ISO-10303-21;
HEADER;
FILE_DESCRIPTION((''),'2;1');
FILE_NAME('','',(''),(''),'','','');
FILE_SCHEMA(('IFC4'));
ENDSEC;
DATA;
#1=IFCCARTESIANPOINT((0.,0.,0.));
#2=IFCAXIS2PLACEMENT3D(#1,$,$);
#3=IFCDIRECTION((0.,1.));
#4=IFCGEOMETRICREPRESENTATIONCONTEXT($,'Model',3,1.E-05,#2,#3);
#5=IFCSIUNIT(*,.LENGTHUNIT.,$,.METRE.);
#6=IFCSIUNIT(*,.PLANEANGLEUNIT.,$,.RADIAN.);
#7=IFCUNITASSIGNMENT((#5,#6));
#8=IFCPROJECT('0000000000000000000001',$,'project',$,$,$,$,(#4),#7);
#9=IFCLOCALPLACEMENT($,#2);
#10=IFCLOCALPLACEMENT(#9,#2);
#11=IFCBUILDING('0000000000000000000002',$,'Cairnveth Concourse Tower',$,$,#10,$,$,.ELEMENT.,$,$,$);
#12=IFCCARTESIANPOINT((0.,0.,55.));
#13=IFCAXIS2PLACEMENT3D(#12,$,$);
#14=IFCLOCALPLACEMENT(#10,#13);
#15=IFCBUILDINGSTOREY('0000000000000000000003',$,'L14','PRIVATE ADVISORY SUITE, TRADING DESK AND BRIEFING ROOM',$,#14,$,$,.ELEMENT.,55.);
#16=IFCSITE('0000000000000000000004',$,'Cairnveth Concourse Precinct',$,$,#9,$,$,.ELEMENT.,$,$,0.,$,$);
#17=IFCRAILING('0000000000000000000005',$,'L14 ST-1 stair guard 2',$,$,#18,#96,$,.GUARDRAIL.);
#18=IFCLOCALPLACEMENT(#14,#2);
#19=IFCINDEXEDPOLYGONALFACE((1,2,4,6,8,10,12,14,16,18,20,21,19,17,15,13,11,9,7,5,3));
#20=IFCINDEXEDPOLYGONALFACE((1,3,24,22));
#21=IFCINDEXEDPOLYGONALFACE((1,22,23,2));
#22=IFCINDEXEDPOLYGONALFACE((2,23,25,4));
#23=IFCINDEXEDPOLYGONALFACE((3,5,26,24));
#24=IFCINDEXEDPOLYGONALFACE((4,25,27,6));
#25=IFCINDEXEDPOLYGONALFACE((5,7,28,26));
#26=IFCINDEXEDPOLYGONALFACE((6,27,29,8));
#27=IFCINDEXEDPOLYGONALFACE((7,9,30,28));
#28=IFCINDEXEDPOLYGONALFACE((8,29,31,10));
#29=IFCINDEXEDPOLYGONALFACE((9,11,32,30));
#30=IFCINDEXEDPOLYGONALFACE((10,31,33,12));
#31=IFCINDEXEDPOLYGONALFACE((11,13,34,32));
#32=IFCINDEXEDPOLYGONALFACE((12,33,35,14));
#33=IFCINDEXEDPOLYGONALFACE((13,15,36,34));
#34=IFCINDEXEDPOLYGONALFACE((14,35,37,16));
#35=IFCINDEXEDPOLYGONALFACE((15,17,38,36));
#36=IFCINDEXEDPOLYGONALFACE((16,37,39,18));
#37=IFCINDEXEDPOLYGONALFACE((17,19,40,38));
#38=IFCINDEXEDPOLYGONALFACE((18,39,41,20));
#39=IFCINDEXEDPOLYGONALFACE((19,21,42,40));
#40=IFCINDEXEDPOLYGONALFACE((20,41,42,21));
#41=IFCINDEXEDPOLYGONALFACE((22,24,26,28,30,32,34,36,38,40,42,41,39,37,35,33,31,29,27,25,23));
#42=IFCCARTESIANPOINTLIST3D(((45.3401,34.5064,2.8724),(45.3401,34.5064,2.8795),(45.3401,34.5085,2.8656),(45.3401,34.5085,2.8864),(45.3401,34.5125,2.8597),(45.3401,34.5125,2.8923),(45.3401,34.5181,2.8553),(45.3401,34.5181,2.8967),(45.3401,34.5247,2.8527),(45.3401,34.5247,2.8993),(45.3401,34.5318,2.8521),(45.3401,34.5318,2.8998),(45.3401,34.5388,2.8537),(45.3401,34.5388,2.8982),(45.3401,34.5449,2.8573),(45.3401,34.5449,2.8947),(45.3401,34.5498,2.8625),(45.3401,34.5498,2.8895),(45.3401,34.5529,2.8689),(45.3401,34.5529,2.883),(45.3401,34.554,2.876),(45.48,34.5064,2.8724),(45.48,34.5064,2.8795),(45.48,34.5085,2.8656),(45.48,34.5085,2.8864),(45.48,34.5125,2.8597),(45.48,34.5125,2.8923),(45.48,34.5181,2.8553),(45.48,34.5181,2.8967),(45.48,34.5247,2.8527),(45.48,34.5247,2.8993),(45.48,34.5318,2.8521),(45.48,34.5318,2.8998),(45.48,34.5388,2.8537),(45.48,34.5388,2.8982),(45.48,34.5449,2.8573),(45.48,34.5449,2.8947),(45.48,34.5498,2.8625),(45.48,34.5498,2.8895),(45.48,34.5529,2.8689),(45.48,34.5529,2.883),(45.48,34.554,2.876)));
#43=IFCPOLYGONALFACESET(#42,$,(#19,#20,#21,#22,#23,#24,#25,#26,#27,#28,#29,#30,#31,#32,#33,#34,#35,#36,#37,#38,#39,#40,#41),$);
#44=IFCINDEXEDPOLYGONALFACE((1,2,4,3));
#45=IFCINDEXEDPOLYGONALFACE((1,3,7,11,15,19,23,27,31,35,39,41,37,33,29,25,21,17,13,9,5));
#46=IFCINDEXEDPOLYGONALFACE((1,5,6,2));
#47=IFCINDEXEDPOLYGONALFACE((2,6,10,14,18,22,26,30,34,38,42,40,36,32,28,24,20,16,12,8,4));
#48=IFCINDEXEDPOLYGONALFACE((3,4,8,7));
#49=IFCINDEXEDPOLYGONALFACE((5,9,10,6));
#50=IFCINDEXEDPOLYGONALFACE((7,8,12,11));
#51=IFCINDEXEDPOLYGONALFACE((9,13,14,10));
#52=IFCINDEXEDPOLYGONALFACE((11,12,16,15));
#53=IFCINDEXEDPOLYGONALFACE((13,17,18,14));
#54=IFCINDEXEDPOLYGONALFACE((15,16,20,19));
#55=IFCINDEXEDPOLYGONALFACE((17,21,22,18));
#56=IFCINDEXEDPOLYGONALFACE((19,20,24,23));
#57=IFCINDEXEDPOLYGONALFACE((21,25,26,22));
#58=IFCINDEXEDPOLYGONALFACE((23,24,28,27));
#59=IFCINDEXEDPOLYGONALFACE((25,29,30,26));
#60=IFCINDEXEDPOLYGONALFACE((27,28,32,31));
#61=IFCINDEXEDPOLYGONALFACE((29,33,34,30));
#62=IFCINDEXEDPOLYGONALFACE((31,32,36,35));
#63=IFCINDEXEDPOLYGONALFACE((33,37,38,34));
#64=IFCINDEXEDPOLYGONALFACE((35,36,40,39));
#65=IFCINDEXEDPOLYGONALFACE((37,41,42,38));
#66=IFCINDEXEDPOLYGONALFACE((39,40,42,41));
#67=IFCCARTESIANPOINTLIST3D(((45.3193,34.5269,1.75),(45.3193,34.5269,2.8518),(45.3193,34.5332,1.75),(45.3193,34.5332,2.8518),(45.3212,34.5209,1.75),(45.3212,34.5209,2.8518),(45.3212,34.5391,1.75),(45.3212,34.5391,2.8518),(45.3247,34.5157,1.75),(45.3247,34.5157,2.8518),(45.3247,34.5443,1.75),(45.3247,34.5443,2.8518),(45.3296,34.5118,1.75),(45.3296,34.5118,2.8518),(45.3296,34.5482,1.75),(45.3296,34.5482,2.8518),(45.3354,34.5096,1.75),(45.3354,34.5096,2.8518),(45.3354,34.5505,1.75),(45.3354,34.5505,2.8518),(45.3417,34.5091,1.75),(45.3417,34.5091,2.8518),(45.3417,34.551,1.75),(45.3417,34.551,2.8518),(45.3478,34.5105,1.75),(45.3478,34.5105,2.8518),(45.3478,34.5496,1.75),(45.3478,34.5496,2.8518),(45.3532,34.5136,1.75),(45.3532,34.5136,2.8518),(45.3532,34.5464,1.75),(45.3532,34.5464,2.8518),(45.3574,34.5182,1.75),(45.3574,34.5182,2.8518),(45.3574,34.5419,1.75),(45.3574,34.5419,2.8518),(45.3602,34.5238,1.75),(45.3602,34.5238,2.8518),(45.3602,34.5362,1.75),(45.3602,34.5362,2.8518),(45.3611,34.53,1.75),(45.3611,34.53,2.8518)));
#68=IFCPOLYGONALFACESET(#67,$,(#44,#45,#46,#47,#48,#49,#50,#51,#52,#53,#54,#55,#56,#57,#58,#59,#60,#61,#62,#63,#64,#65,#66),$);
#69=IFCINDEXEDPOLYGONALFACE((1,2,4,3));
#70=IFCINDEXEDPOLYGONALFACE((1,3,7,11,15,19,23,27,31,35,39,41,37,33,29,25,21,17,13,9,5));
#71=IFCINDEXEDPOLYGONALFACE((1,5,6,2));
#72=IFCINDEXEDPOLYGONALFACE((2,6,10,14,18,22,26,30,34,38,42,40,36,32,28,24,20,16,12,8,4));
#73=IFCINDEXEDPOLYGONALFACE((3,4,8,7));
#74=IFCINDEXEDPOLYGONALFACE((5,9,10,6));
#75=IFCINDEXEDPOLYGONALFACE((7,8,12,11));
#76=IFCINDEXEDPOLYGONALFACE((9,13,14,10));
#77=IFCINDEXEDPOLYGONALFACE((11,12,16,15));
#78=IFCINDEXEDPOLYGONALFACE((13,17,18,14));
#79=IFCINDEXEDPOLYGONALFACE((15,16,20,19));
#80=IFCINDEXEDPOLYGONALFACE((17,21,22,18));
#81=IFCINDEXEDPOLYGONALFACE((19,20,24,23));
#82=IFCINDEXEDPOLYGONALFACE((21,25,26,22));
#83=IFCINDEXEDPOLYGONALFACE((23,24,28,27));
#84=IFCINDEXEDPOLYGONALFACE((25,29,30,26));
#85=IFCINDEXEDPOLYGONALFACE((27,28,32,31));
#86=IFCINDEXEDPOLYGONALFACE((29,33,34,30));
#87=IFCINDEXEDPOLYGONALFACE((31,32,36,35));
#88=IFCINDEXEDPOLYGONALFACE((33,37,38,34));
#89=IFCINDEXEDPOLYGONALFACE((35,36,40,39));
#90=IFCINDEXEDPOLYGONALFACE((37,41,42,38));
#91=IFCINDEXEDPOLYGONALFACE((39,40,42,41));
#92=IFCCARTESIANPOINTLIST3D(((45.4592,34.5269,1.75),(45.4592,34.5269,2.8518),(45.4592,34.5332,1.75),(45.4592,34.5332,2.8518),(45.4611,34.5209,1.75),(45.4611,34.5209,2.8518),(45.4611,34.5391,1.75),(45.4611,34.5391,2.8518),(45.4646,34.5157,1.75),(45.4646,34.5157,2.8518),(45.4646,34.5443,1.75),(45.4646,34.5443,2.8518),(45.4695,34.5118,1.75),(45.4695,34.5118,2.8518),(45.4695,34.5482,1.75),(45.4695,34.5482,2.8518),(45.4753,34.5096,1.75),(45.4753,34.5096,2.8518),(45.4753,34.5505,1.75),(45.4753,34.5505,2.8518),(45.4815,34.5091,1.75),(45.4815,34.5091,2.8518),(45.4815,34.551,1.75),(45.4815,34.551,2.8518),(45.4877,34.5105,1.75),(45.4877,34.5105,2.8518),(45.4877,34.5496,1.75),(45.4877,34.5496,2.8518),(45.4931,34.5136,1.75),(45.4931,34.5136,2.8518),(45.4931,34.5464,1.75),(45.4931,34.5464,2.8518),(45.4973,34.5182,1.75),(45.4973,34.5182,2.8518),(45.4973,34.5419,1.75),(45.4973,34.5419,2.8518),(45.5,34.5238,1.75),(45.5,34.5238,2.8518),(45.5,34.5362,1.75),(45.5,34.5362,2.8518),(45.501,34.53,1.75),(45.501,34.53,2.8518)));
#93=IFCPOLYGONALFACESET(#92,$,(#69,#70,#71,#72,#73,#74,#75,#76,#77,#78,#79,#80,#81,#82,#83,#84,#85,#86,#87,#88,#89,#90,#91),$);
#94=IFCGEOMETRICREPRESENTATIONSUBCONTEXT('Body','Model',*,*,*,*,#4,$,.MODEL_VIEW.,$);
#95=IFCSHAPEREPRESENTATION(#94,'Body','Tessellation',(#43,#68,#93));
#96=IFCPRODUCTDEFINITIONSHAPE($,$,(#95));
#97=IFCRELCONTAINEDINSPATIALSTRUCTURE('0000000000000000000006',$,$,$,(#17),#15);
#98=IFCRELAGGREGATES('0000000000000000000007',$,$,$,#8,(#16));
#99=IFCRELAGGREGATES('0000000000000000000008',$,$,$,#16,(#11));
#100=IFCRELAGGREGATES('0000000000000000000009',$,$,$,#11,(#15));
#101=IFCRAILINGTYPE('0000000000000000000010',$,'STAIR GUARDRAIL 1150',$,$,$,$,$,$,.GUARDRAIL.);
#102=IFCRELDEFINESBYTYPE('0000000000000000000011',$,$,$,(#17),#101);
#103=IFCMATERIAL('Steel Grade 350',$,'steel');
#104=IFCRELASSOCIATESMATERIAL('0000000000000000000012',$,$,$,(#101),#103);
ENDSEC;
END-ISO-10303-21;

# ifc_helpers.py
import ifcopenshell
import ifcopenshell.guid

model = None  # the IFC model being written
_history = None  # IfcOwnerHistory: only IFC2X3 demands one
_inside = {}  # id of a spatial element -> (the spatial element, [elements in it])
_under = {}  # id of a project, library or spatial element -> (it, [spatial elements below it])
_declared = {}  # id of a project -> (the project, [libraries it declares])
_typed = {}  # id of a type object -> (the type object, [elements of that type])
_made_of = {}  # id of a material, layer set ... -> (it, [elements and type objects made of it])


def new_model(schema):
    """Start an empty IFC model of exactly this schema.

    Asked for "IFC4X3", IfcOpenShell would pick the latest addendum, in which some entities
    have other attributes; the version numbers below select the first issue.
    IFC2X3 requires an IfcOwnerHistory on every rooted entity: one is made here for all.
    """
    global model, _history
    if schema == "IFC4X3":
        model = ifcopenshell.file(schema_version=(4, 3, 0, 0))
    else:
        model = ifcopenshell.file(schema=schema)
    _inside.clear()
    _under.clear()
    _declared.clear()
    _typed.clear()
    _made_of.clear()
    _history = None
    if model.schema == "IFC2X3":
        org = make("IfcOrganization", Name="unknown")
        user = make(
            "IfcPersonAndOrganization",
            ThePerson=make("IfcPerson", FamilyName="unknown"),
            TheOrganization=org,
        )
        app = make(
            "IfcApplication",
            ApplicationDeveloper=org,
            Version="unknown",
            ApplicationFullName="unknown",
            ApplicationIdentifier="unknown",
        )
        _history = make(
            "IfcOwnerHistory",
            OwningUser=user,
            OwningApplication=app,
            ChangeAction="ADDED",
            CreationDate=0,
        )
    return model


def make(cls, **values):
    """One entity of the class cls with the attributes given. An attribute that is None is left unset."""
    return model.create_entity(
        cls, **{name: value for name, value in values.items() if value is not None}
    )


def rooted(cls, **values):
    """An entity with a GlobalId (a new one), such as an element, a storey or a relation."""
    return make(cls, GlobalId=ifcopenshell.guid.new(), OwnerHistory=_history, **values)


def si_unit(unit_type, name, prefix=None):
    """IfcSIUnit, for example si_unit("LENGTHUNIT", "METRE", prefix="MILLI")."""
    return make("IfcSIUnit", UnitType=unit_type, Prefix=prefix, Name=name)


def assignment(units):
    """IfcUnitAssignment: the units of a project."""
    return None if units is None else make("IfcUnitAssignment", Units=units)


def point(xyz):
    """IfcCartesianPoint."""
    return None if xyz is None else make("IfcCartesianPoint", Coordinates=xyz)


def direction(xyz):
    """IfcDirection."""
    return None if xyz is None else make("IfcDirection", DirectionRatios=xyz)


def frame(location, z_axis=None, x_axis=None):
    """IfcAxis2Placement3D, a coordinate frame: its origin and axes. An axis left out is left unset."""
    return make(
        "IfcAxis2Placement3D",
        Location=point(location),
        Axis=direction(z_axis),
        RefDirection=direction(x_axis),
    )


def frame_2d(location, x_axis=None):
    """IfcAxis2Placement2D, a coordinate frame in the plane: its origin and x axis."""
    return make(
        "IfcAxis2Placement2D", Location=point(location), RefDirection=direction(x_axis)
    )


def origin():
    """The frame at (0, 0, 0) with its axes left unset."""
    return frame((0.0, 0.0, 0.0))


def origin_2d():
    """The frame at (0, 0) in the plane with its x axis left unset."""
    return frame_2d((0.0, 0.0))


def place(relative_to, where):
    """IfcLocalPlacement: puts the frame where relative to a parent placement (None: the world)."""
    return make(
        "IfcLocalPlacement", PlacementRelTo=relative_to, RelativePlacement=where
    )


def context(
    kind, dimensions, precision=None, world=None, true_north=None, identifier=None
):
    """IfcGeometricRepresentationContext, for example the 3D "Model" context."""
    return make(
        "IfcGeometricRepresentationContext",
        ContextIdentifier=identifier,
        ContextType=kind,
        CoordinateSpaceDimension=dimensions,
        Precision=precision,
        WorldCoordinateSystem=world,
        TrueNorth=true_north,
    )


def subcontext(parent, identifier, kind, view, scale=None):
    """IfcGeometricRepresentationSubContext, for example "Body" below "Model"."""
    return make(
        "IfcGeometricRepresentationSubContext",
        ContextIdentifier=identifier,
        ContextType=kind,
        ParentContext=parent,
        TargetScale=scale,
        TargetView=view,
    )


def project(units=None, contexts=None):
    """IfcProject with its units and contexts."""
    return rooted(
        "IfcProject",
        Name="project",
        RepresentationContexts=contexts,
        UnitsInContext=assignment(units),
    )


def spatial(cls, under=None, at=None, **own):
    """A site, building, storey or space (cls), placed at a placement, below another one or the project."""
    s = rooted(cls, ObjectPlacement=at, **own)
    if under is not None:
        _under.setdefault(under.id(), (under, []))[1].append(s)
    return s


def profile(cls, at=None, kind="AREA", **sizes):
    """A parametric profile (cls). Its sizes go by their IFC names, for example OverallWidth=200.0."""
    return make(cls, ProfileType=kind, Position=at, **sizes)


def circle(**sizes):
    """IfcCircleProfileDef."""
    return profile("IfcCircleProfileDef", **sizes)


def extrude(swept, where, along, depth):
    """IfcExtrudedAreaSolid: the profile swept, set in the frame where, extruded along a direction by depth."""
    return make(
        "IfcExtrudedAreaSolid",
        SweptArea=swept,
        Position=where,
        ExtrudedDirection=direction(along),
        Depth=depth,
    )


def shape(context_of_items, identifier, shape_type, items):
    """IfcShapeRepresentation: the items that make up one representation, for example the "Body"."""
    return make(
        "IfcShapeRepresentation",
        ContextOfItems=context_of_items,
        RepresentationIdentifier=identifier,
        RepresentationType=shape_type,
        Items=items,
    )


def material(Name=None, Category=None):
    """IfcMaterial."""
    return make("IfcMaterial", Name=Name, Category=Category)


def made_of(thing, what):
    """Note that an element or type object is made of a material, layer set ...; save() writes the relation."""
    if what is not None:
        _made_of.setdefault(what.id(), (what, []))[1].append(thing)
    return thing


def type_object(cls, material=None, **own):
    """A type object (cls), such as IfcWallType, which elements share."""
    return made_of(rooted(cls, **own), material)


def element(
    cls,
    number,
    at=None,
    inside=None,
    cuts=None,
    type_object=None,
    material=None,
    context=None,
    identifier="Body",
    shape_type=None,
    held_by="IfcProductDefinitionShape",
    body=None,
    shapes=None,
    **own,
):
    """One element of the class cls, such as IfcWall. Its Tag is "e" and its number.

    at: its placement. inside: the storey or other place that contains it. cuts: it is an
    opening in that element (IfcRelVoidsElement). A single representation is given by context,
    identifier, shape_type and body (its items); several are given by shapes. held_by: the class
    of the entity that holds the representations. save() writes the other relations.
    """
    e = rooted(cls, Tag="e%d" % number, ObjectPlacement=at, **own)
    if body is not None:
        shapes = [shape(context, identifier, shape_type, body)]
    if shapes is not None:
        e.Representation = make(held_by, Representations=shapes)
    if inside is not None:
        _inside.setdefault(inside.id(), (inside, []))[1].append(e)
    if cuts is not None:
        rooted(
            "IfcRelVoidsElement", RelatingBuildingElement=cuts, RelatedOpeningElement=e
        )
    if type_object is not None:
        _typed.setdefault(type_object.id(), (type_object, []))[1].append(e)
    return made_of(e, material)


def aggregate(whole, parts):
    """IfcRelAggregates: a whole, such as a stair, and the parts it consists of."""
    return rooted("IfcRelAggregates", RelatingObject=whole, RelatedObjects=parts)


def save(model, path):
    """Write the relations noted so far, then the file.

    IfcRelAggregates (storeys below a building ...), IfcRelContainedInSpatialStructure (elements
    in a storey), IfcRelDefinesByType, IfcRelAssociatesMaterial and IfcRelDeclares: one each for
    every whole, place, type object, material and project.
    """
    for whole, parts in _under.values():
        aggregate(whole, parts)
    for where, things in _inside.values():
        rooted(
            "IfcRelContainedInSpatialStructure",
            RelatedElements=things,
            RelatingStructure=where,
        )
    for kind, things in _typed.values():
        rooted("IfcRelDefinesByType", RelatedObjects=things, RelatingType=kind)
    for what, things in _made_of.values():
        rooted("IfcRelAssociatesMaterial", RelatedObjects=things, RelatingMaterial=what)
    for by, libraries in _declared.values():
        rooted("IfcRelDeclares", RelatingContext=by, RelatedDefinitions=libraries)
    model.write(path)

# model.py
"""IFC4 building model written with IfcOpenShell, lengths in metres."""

from ifc_helpers import new_model, si_unit, direction, frame, origin, origin_2d, place, context, subcontext, project, spatial, circle, extrude, material, type_object, element, save


model = new_model("IFC4")

# Units and contexts
model_context = context("Model", 3, precision=1e-05, world=origin(), true_north=direction((0.0, 1.0)))
body_context = subcontext(model_context, "Body", "Model", "MODEL_VIEW")
ifc_project = project(units=[si_unit("LENGTHUNIT", "METRE"), si_unit("PLANEANGLEUNIT", "RADIAN")], contexts=[model_context])

# Site, building, storey
site_placement = place(None, origin())
site = spatial("IfcSite", under=ifc_project, at=site_placement, Name="Cairnveth Concourse Precinct", CompositionType="ELEMENT", RefElevation=0.0)
building_placement = place(site_placement, origin())
building = spatial("IfcBuilding", under=site, at=building_placement, Name="Cairnveth Concourse Tower", CompositionType="ELEMENT")
storey_placement = place(building_placement, frame((0.0, 0.0, 55.0)))
storey = spatial("IfcBuildingStorey", under=building, at=storey_placement, Name="L14", Description="PRIVATE ADVISORY SUITE, TRADING DESK AND BRIEFING ROOM", CompositionType="ELEMENT", Elevation=55.0)

# Railing
ifc_material_1 = material(Name="Steel Grade 350", Category="steel")
railing_type_1 = type_object("IfcRailingType", Name="STAIR GUARDRAIL 1150", PredefinedType="GUARDRAIL", material=ifc_material_1)
railing_1_placement = place(storey_placement, frame((45.3401, 34.53, 1.75)))
element("IfcRailing", 1, at=railing_1_placement, inside=storey, type_object=railing_type_1, Name="L14 ST-1 stair guard 2", PredefinedType="GUARDRAIL", context=body_context, shape_type="SweptSolid", body=[
    extrude(circle(Radius=0.0239, at=origin_2d()), frame((0.0, 0.0, 1.126), z_axis=(1.0, 0.0, 0.0), x_axis=(0.0, 1.0, 0.0)), (0.0, 0.0, 1.0), 0.1399),
    extrude(circle(Radius=0.021, at=origin_2d()), origin(), (0.0, 0.0, 1.0), 1.1018),
    extrude(circle(Radius=0.021, at=origin_2d()), frame((0.1399, 0.0, 0.0)), (0.0, 0.0, 1.0), 1.1018),
])

save(model, "model.ifc")
